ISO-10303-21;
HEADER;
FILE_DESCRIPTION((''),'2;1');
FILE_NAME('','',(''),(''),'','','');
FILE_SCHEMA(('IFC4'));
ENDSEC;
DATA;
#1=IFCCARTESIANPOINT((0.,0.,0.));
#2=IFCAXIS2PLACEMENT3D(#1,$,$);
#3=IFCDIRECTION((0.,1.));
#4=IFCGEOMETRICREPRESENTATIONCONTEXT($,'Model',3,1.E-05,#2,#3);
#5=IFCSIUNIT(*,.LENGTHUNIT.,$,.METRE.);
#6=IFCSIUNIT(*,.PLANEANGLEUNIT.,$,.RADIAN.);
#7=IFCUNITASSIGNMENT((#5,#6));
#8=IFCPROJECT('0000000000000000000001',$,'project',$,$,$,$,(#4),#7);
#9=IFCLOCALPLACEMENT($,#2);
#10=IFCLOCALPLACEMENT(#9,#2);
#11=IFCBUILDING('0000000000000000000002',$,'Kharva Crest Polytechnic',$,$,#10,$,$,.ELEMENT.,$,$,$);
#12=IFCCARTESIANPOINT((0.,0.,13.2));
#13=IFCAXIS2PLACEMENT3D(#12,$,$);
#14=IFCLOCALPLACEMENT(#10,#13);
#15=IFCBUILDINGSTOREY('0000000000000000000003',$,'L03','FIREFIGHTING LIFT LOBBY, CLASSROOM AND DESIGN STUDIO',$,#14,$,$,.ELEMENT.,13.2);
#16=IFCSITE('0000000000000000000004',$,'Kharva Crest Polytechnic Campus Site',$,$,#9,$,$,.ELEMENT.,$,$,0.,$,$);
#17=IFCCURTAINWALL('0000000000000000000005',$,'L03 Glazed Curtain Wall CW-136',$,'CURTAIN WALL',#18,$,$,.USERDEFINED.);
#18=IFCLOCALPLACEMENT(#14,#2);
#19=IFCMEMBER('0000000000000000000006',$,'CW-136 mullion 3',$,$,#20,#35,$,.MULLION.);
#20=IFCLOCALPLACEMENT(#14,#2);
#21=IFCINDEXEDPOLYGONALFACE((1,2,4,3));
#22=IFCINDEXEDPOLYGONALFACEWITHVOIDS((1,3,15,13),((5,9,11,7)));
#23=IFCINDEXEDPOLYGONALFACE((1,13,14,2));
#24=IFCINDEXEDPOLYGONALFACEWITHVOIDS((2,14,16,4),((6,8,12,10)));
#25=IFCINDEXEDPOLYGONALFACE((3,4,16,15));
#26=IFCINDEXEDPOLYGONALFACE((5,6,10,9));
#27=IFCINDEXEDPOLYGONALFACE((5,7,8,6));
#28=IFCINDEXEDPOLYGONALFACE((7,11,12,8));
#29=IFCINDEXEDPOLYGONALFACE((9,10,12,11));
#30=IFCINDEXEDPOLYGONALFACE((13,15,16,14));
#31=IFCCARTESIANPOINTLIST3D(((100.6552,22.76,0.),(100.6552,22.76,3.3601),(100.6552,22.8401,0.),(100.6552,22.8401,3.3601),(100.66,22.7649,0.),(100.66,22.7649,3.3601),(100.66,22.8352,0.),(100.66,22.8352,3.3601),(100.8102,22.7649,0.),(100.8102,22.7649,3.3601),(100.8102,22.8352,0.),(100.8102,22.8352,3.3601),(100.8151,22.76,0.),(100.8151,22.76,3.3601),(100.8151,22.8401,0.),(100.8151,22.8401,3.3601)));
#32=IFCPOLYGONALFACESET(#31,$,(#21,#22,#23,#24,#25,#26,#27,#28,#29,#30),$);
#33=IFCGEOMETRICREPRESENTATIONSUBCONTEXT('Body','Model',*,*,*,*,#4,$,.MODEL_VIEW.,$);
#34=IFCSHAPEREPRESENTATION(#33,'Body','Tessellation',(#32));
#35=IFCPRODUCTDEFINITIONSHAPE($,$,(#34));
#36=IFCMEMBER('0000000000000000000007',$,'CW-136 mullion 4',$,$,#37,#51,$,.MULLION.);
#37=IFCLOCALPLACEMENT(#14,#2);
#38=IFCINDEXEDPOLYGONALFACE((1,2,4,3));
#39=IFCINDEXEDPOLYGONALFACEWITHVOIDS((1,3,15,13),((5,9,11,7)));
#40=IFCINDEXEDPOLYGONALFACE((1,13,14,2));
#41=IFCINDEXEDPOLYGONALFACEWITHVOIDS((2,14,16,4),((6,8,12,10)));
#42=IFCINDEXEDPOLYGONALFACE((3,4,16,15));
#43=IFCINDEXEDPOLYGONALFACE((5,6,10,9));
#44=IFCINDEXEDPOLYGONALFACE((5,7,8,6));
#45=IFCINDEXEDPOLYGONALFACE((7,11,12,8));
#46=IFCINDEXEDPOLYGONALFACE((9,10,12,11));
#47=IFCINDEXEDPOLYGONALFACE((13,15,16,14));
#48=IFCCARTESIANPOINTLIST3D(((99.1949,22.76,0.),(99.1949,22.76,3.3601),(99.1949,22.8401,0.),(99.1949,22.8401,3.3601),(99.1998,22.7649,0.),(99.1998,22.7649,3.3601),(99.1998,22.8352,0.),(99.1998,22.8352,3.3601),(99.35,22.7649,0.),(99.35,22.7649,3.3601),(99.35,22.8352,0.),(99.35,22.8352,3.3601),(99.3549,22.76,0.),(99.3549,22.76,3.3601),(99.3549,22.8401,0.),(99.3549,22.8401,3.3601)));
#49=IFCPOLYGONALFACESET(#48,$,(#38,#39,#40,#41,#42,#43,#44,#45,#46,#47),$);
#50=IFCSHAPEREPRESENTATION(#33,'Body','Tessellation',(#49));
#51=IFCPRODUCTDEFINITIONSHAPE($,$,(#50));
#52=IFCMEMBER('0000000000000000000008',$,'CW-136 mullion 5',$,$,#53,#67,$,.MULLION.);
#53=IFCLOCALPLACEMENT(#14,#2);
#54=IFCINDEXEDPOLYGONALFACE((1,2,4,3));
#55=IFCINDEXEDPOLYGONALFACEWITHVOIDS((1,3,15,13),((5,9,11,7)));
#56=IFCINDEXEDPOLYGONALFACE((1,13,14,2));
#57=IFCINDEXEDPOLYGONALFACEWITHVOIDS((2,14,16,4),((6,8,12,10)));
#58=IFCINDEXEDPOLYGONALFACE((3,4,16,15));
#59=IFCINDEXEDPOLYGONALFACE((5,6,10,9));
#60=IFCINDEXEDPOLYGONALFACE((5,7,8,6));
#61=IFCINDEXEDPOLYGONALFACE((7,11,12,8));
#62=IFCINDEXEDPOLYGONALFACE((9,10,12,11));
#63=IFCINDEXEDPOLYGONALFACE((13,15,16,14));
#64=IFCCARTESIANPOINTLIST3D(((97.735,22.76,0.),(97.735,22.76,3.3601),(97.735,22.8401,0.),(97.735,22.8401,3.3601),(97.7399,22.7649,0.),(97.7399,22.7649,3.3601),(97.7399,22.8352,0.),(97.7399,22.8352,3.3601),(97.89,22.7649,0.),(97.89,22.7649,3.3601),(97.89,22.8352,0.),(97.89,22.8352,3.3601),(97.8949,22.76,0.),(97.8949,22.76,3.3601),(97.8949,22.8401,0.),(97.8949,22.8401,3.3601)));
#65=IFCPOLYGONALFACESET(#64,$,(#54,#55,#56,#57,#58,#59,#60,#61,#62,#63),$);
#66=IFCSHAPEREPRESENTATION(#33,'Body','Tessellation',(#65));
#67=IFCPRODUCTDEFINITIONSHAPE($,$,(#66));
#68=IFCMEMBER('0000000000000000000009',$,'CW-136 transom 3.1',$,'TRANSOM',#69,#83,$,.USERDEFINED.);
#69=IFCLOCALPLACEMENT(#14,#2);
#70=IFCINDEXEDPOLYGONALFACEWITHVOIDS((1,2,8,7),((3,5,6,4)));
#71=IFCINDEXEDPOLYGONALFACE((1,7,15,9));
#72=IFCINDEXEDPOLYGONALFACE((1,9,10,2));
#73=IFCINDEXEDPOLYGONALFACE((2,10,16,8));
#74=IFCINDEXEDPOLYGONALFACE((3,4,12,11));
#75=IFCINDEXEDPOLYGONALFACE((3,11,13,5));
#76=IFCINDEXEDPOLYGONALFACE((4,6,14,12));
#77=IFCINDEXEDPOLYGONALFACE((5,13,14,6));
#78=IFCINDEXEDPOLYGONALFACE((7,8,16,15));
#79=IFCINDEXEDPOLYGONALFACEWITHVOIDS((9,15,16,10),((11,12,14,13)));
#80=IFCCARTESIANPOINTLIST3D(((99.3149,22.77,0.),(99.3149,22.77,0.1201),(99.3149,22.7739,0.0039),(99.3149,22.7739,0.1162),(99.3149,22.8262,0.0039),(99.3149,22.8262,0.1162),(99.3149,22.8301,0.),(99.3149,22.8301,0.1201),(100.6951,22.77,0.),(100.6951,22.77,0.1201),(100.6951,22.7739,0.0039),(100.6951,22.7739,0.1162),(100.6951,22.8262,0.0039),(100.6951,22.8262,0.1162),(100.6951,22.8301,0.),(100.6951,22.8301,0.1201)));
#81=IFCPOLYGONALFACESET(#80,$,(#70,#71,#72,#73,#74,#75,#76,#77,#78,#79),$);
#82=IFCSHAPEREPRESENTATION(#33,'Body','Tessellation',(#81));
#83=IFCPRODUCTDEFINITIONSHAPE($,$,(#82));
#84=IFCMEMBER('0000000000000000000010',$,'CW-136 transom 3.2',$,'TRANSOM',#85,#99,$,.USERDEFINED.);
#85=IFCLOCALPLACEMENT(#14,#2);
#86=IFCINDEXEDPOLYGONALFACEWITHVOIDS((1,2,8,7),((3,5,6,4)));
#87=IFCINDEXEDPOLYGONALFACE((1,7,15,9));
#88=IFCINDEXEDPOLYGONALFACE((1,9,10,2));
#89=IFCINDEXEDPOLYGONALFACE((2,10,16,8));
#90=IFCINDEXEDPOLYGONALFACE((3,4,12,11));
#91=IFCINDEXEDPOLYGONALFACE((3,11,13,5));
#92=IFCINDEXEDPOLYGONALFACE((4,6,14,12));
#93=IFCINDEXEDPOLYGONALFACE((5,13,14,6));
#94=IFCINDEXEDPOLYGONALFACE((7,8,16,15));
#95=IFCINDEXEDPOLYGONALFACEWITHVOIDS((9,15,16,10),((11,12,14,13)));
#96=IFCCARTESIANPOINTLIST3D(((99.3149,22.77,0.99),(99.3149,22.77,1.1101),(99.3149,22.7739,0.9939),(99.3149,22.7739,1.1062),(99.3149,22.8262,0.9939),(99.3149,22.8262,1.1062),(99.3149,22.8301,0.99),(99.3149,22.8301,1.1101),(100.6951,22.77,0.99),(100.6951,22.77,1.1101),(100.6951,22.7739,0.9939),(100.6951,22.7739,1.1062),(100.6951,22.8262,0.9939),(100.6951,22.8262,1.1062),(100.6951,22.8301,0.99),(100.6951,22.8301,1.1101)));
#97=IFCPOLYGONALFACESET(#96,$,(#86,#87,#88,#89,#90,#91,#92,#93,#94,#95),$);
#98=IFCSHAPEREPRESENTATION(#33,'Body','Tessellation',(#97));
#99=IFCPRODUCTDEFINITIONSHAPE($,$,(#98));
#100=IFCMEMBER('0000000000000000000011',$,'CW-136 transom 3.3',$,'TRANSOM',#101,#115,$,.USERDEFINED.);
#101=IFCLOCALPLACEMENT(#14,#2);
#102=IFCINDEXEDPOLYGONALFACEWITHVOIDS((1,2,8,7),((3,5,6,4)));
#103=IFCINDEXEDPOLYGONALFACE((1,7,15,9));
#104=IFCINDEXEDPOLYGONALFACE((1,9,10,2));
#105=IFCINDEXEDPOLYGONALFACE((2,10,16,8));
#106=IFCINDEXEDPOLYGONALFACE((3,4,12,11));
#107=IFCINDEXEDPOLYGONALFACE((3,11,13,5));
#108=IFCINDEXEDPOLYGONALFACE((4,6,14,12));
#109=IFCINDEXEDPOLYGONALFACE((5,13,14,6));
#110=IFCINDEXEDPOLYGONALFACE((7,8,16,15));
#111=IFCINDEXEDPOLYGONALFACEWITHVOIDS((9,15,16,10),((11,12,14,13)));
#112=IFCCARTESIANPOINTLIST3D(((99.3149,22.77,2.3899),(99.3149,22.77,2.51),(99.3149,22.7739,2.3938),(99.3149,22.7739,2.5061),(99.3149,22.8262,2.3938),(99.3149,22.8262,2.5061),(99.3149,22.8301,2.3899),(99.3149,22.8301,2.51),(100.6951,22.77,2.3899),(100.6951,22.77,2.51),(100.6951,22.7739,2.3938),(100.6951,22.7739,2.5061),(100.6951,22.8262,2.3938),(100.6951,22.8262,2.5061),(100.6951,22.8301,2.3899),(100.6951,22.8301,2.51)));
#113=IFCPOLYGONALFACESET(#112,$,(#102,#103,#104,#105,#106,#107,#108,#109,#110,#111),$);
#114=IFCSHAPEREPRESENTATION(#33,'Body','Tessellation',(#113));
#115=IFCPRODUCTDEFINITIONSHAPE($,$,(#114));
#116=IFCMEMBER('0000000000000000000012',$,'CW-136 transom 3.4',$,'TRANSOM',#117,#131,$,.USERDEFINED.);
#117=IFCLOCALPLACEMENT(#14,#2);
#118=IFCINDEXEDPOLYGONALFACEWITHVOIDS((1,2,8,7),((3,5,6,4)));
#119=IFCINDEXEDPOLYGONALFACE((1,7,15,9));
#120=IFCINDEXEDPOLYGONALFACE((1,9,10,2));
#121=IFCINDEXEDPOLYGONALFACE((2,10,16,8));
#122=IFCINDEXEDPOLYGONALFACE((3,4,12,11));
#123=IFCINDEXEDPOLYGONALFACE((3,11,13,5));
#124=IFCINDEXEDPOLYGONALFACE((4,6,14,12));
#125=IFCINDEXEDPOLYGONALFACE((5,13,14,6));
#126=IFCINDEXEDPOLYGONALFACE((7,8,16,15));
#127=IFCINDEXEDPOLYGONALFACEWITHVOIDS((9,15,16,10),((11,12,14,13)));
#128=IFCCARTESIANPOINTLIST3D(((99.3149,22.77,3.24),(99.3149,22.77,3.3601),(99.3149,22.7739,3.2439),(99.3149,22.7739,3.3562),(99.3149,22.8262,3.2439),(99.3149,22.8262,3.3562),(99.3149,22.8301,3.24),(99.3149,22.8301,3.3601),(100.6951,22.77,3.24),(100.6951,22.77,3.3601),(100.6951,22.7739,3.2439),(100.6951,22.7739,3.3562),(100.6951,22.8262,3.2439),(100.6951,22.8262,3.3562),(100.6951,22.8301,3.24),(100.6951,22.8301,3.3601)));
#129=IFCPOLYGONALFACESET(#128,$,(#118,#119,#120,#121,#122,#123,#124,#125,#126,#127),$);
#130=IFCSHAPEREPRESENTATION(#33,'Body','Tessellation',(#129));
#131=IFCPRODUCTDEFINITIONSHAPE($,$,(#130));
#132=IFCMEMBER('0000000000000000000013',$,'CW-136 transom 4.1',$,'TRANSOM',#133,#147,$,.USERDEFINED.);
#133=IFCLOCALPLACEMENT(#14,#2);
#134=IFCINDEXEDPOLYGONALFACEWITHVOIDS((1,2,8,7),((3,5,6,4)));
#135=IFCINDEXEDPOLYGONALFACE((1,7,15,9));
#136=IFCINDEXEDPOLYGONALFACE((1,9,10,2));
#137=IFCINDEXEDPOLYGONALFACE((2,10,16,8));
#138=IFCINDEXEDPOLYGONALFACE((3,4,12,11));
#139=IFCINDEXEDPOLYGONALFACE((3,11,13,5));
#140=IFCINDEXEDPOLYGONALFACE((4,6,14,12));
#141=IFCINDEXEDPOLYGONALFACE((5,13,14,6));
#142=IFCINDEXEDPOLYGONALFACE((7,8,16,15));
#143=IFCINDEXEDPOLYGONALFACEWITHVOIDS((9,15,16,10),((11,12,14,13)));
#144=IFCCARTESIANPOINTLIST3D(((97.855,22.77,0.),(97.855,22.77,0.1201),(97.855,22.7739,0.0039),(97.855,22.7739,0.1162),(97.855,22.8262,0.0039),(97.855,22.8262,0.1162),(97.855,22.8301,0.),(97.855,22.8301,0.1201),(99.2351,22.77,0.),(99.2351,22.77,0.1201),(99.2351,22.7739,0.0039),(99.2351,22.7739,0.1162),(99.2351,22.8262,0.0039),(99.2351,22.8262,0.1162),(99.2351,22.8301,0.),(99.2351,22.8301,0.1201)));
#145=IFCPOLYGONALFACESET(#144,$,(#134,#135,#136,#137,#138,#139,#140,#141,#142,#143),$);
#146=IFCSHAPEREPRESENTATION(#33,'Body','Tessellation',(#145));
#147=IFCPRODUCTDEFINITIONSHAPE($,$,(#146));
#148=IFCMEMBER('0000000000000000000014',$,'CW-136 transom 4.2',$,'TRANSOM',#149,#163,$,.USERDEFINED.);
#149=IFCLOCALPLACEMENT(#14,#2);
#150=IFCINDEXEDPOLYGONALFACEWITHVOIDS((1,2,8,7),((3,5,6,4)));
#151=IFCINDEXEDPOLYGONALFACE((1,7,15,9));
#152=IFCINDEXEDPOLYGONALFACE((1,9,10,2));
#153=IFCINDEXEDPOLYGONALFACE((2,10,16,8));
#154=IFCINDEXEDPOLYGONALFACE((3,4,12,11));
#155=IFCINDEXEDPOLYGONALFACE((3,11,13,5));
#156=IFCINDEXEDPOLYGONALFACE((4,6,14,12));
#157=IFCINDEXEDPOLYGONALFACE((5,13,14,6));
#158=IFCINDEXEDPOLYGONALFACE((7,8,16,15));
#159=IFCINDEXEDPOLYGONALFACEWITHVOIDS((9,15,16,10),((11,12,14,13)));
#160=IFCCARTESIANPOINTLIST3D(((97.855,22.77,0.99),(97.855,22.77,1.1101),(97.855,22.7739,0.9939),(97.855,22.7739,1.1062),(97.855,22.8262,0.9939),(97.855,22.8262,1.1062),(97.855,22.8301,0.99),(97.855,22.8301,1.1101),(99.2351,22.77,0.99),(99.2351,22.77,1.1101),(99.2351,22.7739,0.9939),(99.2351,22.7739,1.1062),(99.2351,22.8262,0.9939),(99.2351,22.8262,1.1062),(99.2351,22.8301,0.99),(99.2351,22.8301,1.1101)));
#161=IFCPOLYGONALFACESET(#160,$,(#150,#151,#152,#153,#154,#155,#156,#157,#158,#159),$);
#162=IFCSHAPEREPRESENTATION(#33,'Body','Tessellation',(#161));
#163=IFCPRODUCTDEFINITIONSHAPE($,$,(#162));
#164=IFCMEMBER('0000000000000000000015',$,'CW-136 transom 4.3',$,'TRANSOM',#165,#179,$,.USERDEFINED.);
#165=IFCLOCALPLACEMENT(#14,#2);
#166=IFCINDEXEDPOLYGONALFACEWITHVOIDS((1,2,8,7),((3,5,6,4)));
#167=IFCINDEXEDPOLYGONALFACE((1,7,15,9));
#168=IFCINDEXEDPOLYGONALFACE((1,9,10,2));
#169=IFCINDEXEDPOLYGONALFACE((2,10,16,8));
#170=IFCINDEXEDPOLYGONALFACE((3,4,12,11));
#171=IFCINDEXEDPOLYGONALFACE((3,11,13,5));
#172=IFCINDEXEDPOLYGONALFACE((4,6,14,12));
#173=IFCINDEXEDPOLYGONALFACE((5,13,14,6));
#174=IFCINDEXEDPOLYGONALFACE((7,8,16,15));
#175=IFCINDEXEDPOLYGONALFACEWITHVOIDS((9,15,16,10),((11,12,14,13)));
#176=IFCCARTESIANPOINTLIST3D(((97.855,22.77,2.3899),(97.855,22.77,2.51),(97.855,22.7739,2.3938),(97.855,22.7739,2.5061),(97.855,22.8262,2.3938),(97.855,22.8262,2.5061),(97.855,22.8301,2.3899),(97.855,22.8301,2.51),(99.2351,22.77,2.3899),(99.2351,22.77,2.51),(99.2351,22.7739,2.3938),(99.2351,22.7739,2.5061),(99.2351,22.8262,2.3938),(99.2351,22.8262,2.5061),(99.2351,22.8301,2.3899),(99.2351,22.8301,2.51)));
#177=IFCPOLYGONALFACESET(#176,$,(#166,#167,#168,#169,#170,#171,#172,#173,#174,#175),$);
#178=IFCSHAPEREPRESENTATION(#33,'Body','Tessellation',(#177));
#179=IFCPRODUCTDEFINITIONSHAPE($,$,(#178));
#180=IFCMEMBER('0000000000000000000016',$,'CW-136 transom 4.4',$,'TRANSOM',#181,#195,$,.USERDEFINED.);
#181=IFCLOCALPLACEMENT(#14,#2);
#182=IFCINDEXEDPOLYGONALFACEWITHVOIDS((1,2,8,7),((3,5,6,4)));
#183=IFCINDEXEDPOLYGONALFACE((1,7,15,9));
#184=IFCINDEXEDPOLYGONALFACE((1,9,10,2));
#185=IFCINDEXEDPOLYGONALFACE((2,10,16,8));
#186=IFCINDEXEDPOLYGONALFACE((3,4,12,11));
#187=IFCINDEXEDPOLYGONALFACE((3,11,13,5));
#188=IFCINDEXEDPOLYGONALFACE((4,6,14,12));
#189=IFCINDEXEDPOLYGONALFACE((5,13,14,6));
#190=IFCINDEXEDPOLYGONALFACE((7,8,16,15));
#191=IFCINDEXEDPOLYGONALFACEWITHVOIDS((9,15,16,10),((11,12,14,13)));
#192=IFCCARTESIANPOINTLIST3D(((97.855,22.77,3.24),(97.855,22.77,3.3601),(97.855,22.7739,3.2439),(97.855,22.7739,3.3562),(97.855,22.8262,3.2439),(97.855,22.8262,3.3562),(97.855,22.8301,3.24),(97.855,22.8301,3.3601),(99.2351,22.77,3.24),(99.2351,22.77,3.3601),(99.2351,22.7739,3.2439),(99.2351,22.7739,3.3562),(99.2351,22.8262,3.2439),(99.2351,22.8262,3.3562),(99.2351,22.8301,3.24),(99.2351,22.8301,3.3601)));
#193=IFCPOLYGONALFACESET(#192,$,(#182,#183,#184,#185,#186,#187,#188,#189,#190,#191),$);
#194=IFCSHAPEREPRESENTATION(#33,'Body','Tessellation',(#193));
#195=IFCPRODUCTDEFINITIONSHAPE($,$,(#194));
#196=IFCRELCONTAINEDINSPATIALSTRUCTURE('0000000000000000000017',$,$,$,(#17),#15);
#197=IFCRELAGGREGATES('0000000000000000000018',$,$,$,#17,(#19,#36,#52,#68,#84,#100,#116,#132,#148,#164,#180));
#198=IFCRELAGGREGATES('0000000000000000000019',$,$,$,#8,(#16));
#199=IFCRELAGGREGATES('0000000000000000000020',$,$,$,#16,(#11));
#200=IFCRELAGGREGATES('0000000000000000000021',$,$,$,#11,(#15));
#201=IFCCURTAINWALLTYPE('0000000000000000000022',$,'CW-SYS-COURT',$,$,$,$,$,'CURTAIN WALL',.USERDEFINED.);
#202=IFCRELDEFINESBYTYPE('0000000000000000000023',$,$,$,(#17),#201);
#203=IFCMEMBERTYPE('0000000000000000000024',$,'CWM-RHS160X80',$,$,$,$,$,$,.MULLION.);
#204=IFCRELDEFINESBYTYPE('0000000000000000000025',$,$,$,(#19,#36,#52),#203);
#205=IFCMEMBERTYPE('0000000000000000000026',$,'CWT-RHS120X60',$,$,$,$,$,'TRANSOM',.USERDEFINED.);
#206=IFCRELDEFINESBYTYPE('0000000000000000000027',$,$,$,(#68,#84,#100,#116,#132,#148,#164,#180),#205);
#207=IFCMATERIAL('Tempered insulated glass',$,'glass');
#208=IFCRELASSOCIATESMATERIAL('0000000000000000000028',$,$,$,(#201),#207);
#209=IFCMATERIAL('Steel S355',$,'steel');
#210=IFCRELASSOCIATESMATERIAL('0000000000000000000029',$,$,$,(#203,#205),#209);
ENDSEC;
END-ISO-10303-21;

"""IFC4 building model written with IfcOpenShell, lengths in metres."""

from ifc_helpers import new_model, si_unit, direction, frame, origin, origin_2d, place, context, subcontext, project, spatial, hollow_rectangle, extrude, material, material_profile, profile_set, type_object, element, aggregate, save


model = new_model("IFC4")

# Units and contexts
model_context = context("Model", 3, precision=1e-05, world=origin(), true_north=direction((0.0, 1.0)))
body_context = subcontext(model_context, "Body", "Model", "MODEL_VIEW")
ifc_project = project(units=[si_unit("LENGTHUNIT", "METRE"), si_unit("PLANEANGLEUNIT", "RADIAN")], contexts=[model_context])

# Site, building, storey
site_placement = place(None, origin())
site = spatial("IfcSite", under=ifc_project, at=site_placement, Name="Kharva Crest Polytechnic Campus Site", CompositionType="ELEMENT", RefElevation=0.0)
building_placement = place(site_placement, origin())
building = spatial("IfcBuilding", under=site, at=building_placement, Name="Kharva Crest Polytechnic", CompositionType="ELEMENT")
storey_placement = place(building_placement, frame((0.0, 0.0, 13.2)))
storey = spatial("IfcBuildingStorey", under=building, at=storey_placement, Name="L03", Description="FIREFIGHTING LIFT LOBBY, CLASSROOM AND DESIGN STUDIO", CompositionType="ELEMENT", Elevation=13.2)

# Curtain wall, members
ifc_material_1 = material(Name="Tempered insulated glass", Category="glass")
curtain_wall_type = type_object("IfcCurtainWallType", Name="CW-SYS-COURT", ElementType="CURTAIN WALL", PredefinedType="USERDEFINED", material=ifc_material_1)
curtain_wall_placement = place(storey_placement, origin())
curtain_wall = element("IfcCurtainWall", 1, at=curtain_wall_placement, inside=storey, type_object=curtain_wall_type, Name="L03 Glazed Curtain Wall CW-136", ObjectType="CURTAIN WALL", PredefinedType="USERDEFINED")
ifc_material_2 = material(Name="Steel S355", Category="steel")
ifc_material_profile_1 = material_profile(ifc_material_2, hollow_rectangle(XDim=0.0801, YDim=0.1599, WallThickness=0.0049, at=origin_2d()), Name="RHS 160X80X5.0")
ifc_profile_set_1 = profile_set([ifc_material_profile_1], Name="Steel S355")
member_type_1 = type_object("IfcMemberType", Name="CWM-RHS160X80", PredefinedType="MULLION", material=ifc_profile_set_1)
member_1_placement = place(storey_placement, frame((100.7351, 22.8, 0.0), z_axis=(0.0, 0.0, 1.0), x_axis=(0.0, -1.0, 0.0)))
member_1 = element("IfcMember", 2, at=member_1_placement, type_object=member_type_1, Name="CW-136 mullion 3", PredefinedType="MULLION", context=body_context, shape_type="SweptSolid", body=[
    extrude(hollow_rectangle(XDim=0.0801, YDim=0.1599, WallThickness=0.0049, at=origin_2d()), origin(), (0.0, 0.0, 1.0), 3.3601),
])
member_2_placement = place(storey_placement, frame((99.2749, 22.8, 0.0), z_axis=(0.0, 0.0, 1.0), x_axis=(0.0, -1.0, 0.0)))
member_2 = element("IfcMember", 3, at=member_2_placement, type_object=member_type_1, Name="CW-136 mullion 4", PredefinedType="MULLION", context=body_context, shape_type="SweptSolid", body=[
    extrude(hollow_rectangle(XDim=0.0801, YDim=0.1599, WallThickness=0.0049, at=origin_2d()), origin(), (0.0, 0.0, 1.0), 3.3601),
])
member_3_placement = place(storey_placement, frame((97.8149, 22.8, 0.0), z_axis=(0.0, 0.0, 1.0), x_axis=(0.0, -1.0, 0.0)))
member_3 = element("IfcMember", 4, at=member_3_placement, type_object=member_type_1, Name="CW-136 mullion 5", PredefinedType="MULLION", context=body_context, shape_type="SweptSolid", body=[
    extrude(hollow_rectangle(XDim=0.0801, YDim=0.1599, WallThickness=0.0049, at=origin_2d()), origin(), (0.0, 0.0, 1.0), 3.3601),
])
ifc_material_profile_2 = material_profile(ifc_material_2, hollow_rectangle(XDim=0.0601, YDim=0.1201, WallThickness=0.0039, at=origin_2d()), Name="RHS 120X60X4.0")
ifc_profile_set_2 = profile_set([ifc_material_profile_2], Name="Steel S355")
member_type_2 = type_object("IfcMemberType", Name="CWT-RHS120X60", ElementType="TRANSOM", PredefinedType="USERDEFINED", material=ifc_profile_set_2)
member_4_placement = place(storey_placement, frame((100.6951, 22.8, 0.0601), z_axis=(-1.0, 0.0, 0.0), x_axis=(0.0, -1.0, 0.0)))
member_4 = element("IfcMember", 5, at=member_4_placement, type_object=member_type_2, Name="CW-136 transom 3.1", ObjectType="TRANSOM", PredefinedType="USERDEFINED", context=body_context, shape_type="SweptSolid", body=[
    extrude(hollow_rectangle(XDim=0.0601, YDim=0.1201, WallThickness=0.0039, at=origin_2d()), origin(), (0.0, 0.0, 1.0), 1.3801),
])
member_5_placement = place(storey_placement, frame((100.6951, 22.8, 1.05), z_axis=(-1.0, 0.0, 0.0), x_axis=(0.0, -1.0, 0.0)))
member_5 = element("IfcMember", 6, at=member_5_placement, type_object=member_type_2, Name="CW-136 transom 3.2", ObjectType="TRANSOM", PredefinedType="USERDEFINED", context=body_context, shape_type="SweptSolid", body=[
    extrude(hollow_rectangle(XDim=0.0601, YDim=0.1201, WallThickness=0.0039, at=origin_2d()), origin(), (0.0, 0.0, 1.0), 1.3801),
])
member_6_placement = place(storey_placement, frame((100.6951, 22.8, 2.45), z_axis=(-1.0, 0.0, 0.0), x_axis=(0.0, -1.0, 0.0)))
member_6 = element("IfcMember", 7, at=member_6_placement, type_object=member_type_2, Name="CW-136 transom 3.3", ObjectType="TRANSOM", PredefinedType="USERDEFINED", context=body_context, shape_type="SweptSolid", body=[
    extrude(hollow_rectangle(XDim=0.0601, YDim=0.1201, WallThickness=0.0039, at=origin_2d()), origin(), (0.0, 0.0, 1.0), 1.3801),
])
member_7_placement = place(storey_placement, frame((100.6951, 22.8, 3.3), z_axis=(-1.0, 0.0, 0.0), x_axis=(0.0, -1.0, 0.0)))
member_7 = element("IfcMember", 8, at=member_7_placement, type_object=member_type_2, Name="CW-136 transom 3.4", ObjectType="TRANSOM", PredefinedType="USERDEFINED", context=body_context, shape_type="SweptSolid", body=[
    extrude(hollow_rectangle(XDim=0.0601, YDim=0.1201, WallThickness=0.0039, at=origin_2d()), origin(), (0.0, 0.0, 1.0), 1.3801),
])
member_8_placement = place(storey_placement, frame((99.2351, 22.8, 0.0601), z_axis=(-1.0, 0.0, 0.0), x_axis=(0.0, -1.0, 0.0)))
member_8 = element("IfcMember", 9, at=member_8_placement, type_object=member_type_2, Name="CW-136 transom 4.1", ObjectType="TRANSOM", PredefinedType="USERDEFINED", context=body_context, shape_type="SweptSolid", body=[
    extrude(hollow_rectangle(XDim=0.0601, YDim=0.1201, WallThickness=0.0039, at=origin_2d()), origin(), (0.0, 0.0, 1.0), 1.3801),
])
member_9_placement = place(storey_placement, frame((99.2351, 22.8, 1.05), z_axis=(-1.0, 0.0, 0.0), x_axis=(0.0, -1.0, 0.0)))
member_9 = element("IfcMember", 10, at=member_9_placement, type_object=member_type_2, Name="CW-136 transom 4.2", ObjectType="TRANSOM", PredefinedType="USERDEFINED", context=body_context, shape_type="SweptSolid", body=[
    extrude(hollow_rectangle(XDim=0.0601, YDim=0.1201, WallThickness=0.0039, at=origin_2d()), origin(), (0.0, 0.0, 1.0), 1.3801),
])
member_10_placement = place(storey_placement, frame((99.2351, 22.8, 2.45), z_axis=(-1.0, 0.0, 0.0), x_axis=(0.0, -1.0, 0.0)))
member_10 = element("IfcMember", 11, at=member_10_placement, type_object=member_type_2, Name="CW-136 transom 4.3", ObjectType="TRANSOM", PredefinedType="USERDEFINED", context=body_context, shape_type="SweptSolid", body=[
    extrude(hollow_rectangle(XDim=0.0601, YDim=0.1201, WallThickness=0.0039, at=origin_2d()), origin(), (0.0, 0.0, 1.0), 1.3801),
])
member_11_placement = place(storey_placement, frame((99.2351, 22.8, 3.3), z_axis=(-1.0, 0.0, 0.0), x_axis=(0.0, -1.0, 0.0)))
member_11 = element("IfcMember", 12, at=member_11_placement, type_object=member_type_2, Name="CW-136 transom 4.4", ObjectType="TRANSOM", PredefinedType="USERDEFINED", context=body_context, shape_type="SweptSolid", body=[
    extrude(hollow_rectangle(XDim=0.0601, YDim=0.1201, WallThickness=0.0039, at=origin_2d()), origin(), (0.0, 0.0, 1.0), 1.3801),
])
aggregate(curtain_wall, [member_1, member_2, member_3, member_4, member_5, member_6, member_7, member_8, member_9, member_10, member_11])

save(model, "model.ifc")
